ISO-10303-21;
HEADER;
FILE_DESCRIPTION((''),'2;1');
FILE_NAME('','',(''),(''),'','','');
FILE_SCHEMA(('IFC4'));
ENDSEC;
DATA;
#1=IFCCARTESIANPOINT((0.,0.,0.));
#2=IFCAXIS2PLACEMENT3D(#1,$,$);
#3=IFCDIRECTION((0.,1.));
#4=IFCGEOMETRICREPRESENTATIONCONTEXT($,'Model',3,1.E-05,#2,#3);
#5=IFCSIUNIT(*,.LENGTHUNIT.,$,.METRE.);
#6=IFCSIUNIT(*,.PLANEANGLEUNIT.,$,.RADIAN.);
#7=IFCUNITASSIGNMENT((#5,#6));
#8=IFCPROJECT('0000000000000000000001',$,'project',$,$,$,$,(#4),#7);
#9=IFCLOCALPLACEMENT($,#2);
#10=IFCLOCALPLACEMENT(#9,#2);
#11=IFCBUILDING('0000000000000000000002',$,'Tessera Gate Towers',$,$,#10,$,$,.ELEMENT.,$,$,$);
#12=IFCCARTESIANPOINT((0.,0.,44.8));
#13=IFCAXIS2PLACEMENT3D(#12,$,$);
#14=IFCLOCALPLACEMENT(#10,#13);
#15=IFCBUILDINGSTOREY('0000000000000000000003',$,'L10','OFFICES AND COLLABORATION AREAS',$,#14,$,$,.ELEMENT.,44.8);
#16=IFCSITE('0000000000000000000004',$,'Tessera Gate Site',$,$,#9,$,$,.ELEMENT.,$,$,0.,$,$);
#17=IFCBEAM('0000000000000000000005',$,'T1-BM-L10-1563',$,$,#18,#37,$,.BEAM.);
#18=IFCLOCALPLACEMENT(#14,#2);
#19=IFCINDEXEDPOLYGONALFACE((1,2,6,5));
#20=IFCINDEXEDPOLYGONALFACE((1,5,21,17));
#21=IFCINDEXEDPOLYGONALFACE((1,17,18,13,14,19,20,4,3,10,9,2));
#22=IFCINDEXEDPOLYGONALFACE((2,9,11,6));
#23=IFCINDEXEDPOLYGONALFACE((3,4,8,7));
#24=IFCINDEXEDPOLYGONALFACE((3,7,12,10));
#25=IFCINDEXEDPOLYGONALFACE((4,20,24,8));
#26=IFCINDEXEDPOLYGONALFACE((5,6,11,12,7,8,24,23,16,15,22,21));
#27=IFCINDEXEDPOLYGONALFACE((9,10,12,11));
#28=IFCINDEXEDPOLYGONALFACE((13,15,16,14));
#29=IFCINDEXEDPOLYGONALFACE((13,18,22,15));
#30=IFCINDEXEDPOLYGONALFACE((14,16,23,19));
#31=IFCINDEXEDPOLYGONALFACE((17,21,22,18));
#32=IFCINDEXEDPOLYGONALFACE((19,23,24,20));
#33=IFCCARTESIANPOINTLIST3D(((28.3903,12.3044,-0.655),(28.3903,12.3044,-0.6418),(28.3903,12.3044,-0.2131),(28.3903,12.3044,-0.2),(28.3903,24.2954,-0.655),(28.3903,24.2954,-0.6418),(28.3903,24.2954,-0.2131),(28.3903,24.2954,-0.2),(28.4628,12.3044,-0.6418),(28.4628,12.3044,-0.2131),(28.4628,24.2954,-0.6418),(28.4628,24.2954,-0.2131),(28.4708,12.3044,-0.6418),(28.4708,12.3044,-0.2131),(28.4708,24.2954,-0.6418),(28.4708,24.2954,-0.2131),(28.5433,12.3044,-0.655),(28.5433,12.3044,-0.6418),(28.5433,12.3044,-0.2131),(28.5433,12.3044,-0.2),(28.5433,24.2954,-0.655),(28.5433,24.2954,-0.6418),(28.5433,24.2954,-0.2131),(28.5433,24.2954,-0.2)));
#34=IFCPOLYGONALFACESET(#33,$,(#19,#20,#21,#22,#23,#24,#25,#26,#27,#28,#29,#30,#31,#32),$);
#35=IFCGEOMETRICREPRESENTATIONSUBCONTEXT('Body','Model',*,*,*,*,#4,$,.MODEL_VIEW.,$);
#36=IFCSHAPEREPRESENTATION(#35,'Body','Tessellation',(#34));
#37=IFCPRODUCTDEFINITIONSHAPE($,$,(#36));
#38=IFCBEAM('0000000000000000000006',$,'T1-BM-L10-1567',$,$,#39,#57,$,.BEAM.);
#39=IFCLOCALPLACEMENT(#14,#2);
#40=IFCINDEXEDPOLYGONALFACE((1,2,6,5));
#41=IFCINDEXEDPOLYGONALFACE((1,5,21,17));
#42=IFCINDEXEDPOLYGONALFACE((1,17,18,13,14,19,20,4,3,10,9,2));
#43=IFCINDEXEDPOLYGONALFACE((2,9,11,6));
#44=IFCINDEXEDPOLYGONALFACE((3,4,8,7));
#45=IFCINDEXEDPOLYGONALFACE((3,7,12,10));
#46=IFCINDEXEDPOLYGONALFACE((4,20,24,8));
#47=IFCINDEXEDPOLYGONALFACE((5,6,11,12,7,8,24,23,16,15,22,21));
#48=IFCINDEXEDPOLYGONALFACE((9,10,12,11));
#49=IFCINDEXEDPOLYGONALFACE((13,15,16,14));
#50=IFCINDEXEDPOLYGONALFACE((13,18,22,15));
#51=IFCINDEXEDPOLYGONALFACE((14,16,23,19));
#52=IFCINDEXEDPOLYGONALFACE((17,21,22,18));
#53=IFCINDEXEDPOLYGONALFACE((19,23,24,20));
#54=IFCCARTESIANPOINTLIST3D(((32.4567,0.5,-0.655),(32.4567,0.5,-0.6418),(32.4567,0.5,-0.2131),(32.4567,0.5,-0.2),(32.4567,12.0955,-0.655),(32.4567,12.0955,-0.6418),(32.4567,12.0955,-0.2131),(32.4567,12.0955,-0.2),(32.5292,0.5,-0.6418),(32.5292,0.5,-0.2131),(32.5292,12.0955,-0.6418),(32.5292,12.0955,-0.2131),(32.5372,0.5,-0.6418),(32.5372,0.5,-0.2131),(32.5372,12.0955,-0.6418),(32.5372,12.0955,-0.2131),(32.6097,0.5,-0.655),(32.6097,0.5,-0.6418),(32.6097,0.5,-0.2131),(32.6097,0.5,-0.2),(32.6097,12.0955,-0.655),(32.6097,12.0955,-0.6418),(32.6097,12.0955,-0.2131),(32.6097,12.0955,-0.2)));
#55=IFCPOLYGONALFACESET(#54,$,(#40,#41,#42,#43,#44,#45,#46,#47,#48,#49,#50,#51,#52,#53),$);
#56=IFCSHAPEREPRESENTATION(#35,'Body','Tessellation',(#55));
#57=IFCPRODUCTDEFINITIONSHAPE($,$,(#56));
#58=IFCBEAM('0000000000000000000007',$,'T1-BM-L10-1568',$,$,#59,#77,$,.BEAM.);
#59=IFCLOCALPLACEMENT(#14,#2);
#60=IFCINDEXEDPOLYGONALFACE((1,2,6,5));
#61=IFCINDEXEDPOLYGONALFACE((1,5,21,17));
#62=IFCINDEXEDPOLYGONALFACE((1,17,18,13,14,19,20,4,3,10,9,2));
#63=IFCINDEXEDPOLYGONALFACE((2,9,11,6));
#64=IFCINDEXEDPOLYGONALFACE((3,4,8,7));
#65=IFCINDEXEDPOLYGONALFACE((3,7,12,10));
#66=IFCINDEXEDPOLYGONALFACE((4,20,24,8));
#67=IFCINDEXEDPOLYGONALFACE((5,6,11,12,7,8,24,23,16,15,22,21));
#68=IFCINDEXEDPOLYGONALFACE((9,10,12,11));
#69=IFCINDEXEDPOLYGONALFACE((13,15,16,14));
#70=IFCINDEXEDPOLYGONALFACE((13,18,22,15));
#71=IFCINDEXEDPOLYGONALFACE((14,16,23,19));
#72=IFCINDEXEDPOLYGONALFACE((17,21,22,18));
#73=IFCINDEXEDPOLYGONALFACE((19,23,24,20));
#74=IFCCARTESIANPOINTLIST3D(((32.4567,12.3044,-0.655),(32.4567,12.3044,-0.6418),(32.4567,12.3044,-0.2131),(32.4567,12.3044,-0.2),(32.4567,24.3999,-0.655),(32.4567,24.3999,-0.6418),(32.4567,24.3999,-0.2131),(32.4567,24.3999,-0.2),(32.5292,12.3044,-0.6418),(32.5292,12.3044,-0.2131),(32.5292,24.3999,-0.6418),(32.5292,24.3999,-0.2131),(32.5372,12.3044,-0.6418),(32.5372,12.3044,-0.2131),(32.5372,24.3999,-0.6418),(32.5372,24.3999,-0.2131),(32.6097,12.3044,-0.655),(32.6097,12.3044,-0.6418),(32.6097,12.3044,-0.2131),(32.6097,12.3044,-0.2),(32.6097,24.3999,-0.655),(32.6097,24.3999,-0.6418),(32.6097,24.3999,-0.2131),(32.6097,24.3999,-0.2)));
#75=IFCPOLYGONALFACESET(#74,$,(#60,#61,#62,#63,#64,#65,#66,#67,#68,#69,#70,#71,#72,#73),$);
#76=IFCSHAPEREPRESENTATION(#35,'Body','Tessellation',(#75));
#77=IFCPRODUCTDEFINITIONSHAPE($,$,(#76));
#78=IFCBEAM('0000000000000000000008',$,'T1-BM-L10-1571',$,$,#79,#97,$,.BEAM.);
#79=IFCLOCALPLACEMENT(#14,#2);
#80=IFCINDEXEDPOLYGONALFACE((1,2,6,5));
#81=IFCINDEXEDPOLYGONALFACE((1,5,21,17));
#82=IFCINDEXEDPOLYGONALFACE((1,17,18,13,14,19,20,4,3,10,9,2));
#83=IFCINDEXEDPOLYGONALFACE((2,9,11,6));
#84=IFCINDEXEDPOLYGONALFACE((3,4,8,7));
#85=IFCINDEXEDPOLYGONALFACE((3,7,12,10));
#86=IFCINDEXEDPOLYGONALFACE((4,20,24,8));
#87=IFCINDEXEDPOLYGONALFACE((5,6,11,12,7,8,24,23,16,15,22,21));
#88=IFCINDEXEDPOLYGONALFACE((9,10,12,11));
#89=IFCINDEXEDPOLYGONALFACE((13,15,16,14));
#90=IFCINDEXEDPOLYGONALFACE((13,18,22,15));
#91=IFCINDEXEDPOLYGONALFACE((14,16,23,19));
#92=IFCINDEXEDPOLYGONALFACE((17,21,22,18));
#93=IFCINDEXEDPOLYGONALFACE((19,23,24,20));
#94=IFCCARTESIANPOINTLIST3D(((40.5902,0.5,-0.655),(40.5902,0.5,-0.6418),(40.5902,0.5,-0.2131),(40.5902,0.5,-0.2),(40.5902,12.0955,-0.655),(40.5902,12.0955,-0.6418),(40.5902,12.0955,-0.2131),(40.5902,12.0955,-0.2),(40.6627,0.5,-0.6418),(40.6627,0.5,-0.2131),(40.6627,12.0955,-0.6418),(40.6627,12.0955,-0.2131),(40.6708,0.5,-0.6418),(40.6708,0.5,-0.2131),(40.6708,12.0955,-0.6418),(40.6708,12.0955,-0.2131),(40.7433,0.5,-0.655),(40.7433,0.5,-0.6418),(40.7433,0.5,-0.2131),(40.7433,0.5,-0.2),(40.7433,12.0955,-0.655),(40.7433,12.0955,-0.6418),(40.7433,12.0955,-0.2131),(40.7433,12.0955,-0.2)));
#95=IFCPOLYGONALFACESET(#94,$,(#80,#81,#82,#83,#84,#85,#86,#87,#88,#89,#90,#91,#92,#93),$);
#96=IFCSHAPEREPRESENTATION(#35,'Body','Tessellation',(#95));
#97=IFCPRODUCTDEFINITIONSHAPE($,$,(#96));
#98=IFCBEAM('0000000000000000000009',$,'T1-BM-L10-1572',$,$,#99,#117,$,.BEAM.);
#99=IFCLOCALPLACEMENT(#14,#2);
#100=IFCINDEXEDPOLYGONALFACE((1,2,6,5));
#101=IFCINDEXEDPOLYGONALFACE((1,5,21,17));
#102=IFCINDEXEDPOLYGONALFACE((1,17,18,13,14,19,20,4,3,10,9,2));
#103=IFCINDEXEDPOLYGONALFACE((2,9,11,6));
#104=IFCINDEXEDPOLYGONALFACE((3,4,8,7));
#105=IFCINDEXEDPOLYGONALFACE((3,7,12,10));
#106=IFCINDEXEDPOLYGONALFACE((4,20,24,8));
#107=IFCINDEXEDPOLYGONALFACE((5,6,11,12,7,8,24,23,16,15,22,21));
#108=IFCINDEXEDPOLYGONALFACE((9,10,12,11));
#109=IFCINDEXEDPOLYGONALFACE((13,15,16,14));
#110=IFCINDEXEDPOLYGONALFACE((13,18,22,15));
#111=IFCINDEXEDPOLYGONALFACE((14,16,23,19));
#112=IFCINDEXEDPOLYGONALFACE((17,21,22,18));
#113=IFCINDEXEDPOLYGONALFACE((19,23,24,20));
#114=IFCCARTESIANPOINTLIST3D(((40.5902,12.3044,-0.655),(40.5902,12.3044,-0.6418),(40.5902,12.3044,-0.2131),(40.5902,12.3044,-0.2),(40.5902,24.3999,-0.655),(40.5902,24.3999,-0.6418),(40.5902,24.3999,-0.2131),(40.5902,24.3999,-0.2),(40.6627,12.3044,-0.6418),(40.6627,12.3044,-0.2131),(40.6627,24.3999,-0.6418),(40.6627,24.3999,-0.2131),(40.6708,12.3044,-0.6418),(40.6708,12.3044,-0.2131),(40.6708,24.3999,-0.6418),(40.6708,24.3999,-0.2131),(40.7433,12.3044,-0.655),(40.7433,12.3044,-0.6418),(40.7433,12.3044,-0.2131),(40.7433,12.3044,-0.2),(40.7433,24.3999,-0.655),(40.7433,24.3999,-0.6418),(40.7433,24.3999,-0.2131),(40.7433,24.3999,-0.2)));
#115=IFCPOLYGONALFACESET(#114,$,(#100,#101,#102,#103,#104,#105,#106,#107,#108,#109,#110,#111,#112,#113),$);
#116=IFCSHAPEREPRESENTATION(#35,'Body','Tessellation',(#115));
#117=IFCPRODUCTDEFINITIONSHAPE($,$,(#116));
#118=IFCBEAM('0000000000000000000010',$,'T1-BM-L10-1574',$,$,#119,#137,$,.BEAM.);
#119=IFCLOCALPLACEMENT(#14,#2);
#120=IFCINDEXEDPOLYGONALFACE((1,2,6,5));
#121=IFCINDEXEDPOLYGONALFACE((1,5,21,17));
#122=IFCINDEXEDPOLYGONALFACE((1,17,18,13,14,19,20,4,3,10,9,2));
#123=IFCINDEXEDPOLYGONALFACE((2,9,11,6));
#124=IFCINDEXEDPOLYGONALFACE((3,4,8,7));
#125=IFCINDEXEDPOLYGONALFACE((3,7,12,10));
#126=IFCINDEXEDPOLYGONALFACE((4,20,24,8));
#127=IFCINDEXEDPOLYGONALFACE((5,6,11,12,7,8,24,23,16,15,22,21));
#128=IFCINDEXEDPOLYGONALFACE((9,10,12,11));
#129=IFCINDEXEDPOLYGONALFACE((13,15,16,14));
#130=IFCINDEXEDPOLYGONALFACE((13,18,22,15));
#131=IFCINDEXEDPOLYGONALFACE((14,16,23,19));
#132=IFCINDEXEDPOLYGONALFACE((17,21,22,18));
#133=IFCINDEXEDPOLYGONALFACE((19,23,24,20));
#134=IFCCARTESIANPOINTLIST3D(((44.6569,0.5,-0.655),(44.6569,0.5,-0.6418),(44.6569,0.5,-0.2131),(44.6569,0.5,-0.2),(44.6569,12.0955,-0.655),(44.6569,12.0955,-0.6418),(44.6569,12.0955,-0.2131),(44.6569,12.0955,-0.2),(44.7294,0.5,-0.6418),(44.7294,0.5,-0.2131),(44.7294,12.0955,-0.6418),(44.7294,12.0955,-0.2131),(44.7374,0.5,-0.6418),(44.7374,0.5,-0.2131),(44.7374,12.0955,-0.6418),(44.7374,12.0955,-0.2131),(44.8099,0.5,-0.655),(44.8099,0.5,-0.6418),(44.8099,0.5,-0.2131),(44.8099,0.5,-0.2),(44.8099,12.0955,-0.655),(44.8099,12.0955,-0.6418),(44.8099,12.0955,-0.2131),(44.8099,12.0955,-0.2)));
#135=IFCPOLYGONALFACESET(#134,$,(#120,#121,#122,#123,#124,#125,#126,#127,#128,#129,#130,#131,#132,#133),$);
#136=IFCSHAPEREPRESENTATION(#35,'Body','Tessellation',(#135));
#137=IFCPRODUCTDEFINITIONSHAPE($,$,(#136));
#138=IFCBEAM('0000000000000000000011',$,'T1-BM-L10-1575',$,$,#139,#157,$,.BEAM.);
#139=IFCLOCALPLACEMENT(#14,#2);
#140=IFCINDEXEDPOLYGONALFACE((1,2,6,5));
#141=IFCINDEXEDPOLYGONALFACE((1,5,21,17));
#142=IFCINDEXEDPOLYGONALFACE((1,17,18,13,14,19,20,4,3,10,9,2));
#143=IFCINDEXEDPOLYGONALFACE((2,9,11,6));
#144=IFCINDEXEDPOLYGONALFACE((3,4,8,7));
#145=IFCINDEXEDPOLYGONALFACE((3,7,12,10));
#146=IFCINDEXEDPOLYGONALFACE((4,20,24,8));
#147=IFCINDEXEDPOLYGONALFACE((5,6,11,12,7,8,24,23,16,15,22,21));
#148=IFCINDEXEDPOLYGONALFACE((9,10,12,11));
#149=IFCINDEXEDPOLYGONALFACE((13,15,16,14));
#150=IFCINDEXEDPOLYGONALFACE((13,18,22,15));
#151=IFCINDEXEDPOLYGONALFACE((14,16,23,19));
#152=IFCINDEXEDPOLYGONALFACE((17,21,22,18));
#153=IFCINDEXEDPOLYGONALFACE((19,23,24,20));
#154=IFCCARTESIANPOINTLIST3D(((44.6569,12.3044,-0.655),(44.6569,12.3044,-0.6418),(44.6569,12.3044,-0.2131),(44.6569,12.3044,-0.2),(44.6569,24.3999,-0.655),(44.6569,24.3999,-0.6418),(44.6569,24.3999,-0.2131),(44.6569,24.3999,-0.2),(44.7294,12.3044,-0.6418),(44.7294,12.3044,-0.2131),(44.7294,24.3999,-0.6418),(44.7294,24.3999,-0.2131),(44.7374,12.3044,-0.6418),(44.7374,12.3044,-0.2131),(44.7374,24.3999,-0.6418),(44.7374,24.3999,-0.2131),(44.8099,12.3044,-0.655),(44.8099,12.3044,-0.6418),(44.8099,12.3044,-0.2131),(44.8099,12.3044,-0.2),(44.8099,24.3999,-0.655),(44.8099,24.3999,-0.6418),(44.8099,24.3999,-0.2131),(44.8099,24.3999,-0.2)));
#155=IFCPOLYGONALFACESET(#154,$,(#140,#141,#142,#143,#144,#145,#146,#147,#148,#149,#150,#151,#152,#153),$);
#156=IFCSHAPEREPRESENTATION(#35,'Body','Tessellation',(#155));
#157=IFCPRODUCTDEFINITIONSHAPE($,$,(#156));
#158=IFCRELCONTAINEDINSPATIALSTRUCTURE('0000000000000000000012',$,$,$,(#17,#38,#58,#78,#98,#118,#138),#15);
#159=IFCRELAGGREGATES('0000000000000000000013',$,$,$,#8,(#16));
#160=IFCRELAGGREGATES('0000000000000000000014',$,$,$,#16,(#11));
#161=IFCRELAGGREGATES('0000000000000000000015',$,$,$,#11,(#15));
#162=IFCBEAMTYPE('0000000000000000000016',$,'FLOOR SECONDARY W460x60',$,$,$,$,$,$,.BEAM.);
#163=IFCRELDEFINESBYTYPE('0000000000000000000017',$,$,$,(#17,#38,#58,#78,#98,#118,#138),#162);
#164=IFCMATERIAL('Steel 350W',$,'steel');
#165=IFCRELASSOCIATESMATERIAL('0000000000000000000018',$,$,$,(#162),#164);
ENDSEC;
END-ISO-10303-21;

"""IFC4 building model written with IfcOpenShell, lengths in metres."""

from ifc_helpers import new_model, si_unit, direction, frame, origin, origin_2d, place, context, subcontext, project, spatial, i_section, extrude, material, material_profile, profile_set, type_object, element, save


model = new_model("IFC4")

# Units and contexts
model_context = context("Model", 3, precision=1e-05, world=origin(), true_north=direction((0.0, 1.0)))
body_context = subcontext(model_context, "Body", "Model", "MODEL_VIEW")
ifc_project = project(units=[si_unit("LENGTHUNIT", "METRE"), si_unit("PLANEANGLEUNIT", "RADIAN")], contexts=[model_context])

# Site, building, storey
site_placement = place(None, origin())
site = spatial("IfcSite", under=ifc_project, at=site_placement, Name="Tessera Gate Site", CompositionType="ELEMENT", RefElevation=0.0)
building_placement = place(site_placement, origin())
building = spatial("IfcBuilding", under=site, at=building_placement, Name="Tessera Gate Towers", CompositionType="ELEMENT")
storey_placement = place(building_placement, frame((0.0, 0.0, 44.8)))
storey = spatial("IfcBuildingStorey", under=building, at=storey_placement, Name="L10", Description="OFFICES AND COLLABORATION AREAS", CompositionType="ELEMENT", Elevation=44.8)

# Beams
ifc_material_1 = material(Name="Steel 350W", Category="steel")
ifc_material_profile_1 = material_profile(ifc_material_1, i_section(OverallWidth=0.1531, OverallDepth=0.4551, WebThickness=0.0081, FlangeThickness=0.0132, at=origin_2d()), Name="W460x60")
ifc_profile_set_1 = profile_set([ifc_material_profile_1], Name="Steel 350W")
beam_type_1 = type_object("IfcBeamType", Name="FLOOR SECONDARY W460x60", PredefinedType="BEAM", material=ifc_profile_set_1)
beam_1_placement = place(storey_placement, frame((28.4668, 12.3044, -0.4275), z_axis=(0.0, 1.0, 0.0), x_axis=(-1.0, 0.0, 0.0)))
element("IfcBeam", 1, at=beam_1_placement, inside=storey, type_object=beam_type_1, Name="T1-BM-L10-1563", PredefinedType="BEAM", context=body_context, shape_type="SweptSolid", body=[
    extrude(i_section(OverallWidth=0.1531, OverallDepth=0.4551, WebThickness=0.0081, FlangeThickness=0.0132, at=origin_2d()), origin(), (0.0, 0.0, 1.0), 11.991),
])
beam_2_placement = place(storey_placement, frame((32.5332, 0.5, -0.4275), z_axis=(0.0, 1.0, 0.0), x_axis=(-1.0, 0.0, 0.0)))
element("IfcBeam", 2, at=beam_2_placement, inside=storey, type_object=beam_type_1, Name="T1-BM-L10-1567", PredefinedType="BEAM", context=body_context, shape_type="SweptSolid", body=[
    extrude(i_section(OverallWidth=0.1531, OverallDepth=0.4551, WebThickness=0.0081, FlangeThickness=0.0132, at=origin_2d()), origin(), (0.0, 0.0, 1.0), 11.5955),
])
beam_3_placement = place(storey_placement, frame((32.5332, 12.3044, -0.4275), z_axis=(0.0, 1.0, 0.0), x_axis=(-1.0, 0.0, 0.0)))
element("IfcBeam", 3, at=beam_3_placement, inside=storey, type_object=beam_type_1, Name="T1-BM-L10-1568", PredefinedType="BEAM", context=body_context, shape_type="SweptSolid", body=[
    extrude(i_section(OverallWidth=0.1531, OverallDepth=0.4551, WebThickness=0.0081, FlangeThickness=0.0132, at=origin_2d()), origin(), (0.0, 0.0, 1.0), 12.0955),
])
beam_4_placement = place(storey_placement, frame((40.6667, 0.5, -0.4275), z_axis=(0.0, 1.0, 0.0), x_axis=(-1.0, 0.0, 0.0)))
element("IfcBeam", 4, at=beam_4_placement, inside=storey, type_object=beam_type_1, Name="T1-BM-L10-1571", PredefinedType="BEAM", context=body_context, shape_type="SweptSolid", body=[
    extrude(i_section(OverallWidth=0.1531, OverallDepth=0.4551, WebThickness=0.0081, FlangeThickness=0.0132, at=origin_2d()), origin(), (0.0, 0.0, 1.0), 11.5955),
])
beam_5_placement = place(storey_placement, frame((40.6667, 12.3044, -0.4275), z_axis=(0.0, 1.0, 0.0), x_axis=(-1.0, 0.0, 0.0)))
element("IfcBeam", 5, at=beam_5_placement, inside=storey, type_object=beam_type_1, Name="T1-BM-L10-1572", PredefinedType="BEAM", context=body_context, shape_type="SweptSolid", body=[
    extrude(i_section(OverallWidth=0.1531, OverallDepth=0.4551, WebThickness=0.0081, FlangeThickness=0.0132, at=origin_2d()), origin(), (0.0, 0.0, 1.0), 12.0955),
])
beam_6_placement = place(storey_placement, frame((44.7334, 0.5, -0.4275), z_axis=(0.0, 1.0, 0.0), x_axis=(-1.0, 0.0, 0.0)))
element("IfcBeam", 6, at=beam_6_placement, inside=storey, type_object=beam_type_1, Name="T1-BM-L10-1574", PredefinedType="BEAM", context=body_context, shape_type="SweptSolid", body=[
    extrude(i_section(OverallWidth=0.1531, OverallDepth=0.4551, WebThickness=0.0081, FlangeThickness=0.0132, at=origin_2d()), origin(), (0.0, 0.0, 1.0), 11.5955),
])
beam_7_placement = place(storey_placement, frame((44.7334, 12.3044, -0.4275), z_axis=(0.0, 1.0, 0.0), x_axis=(-1.0, 0.0, 0.0)))
element("IfcBeam", 7, at=beam_7_placement, inside=storey, type_object=beam_type_1, Name="T1-BM-L10-1575", PredefinedType="BEAM", context=body_context, shape_type="SweptSolid", body=[
    extrude(i_section(OverallWidth=0.1531, OverallDepth=0.4551, WebThickness=0.0081, FlangeThickness=0.0132, at=origin_2d()), origin(), (0.0, 0.0, 1.0), 12.0955),
])

save(model, "model.ifc")
